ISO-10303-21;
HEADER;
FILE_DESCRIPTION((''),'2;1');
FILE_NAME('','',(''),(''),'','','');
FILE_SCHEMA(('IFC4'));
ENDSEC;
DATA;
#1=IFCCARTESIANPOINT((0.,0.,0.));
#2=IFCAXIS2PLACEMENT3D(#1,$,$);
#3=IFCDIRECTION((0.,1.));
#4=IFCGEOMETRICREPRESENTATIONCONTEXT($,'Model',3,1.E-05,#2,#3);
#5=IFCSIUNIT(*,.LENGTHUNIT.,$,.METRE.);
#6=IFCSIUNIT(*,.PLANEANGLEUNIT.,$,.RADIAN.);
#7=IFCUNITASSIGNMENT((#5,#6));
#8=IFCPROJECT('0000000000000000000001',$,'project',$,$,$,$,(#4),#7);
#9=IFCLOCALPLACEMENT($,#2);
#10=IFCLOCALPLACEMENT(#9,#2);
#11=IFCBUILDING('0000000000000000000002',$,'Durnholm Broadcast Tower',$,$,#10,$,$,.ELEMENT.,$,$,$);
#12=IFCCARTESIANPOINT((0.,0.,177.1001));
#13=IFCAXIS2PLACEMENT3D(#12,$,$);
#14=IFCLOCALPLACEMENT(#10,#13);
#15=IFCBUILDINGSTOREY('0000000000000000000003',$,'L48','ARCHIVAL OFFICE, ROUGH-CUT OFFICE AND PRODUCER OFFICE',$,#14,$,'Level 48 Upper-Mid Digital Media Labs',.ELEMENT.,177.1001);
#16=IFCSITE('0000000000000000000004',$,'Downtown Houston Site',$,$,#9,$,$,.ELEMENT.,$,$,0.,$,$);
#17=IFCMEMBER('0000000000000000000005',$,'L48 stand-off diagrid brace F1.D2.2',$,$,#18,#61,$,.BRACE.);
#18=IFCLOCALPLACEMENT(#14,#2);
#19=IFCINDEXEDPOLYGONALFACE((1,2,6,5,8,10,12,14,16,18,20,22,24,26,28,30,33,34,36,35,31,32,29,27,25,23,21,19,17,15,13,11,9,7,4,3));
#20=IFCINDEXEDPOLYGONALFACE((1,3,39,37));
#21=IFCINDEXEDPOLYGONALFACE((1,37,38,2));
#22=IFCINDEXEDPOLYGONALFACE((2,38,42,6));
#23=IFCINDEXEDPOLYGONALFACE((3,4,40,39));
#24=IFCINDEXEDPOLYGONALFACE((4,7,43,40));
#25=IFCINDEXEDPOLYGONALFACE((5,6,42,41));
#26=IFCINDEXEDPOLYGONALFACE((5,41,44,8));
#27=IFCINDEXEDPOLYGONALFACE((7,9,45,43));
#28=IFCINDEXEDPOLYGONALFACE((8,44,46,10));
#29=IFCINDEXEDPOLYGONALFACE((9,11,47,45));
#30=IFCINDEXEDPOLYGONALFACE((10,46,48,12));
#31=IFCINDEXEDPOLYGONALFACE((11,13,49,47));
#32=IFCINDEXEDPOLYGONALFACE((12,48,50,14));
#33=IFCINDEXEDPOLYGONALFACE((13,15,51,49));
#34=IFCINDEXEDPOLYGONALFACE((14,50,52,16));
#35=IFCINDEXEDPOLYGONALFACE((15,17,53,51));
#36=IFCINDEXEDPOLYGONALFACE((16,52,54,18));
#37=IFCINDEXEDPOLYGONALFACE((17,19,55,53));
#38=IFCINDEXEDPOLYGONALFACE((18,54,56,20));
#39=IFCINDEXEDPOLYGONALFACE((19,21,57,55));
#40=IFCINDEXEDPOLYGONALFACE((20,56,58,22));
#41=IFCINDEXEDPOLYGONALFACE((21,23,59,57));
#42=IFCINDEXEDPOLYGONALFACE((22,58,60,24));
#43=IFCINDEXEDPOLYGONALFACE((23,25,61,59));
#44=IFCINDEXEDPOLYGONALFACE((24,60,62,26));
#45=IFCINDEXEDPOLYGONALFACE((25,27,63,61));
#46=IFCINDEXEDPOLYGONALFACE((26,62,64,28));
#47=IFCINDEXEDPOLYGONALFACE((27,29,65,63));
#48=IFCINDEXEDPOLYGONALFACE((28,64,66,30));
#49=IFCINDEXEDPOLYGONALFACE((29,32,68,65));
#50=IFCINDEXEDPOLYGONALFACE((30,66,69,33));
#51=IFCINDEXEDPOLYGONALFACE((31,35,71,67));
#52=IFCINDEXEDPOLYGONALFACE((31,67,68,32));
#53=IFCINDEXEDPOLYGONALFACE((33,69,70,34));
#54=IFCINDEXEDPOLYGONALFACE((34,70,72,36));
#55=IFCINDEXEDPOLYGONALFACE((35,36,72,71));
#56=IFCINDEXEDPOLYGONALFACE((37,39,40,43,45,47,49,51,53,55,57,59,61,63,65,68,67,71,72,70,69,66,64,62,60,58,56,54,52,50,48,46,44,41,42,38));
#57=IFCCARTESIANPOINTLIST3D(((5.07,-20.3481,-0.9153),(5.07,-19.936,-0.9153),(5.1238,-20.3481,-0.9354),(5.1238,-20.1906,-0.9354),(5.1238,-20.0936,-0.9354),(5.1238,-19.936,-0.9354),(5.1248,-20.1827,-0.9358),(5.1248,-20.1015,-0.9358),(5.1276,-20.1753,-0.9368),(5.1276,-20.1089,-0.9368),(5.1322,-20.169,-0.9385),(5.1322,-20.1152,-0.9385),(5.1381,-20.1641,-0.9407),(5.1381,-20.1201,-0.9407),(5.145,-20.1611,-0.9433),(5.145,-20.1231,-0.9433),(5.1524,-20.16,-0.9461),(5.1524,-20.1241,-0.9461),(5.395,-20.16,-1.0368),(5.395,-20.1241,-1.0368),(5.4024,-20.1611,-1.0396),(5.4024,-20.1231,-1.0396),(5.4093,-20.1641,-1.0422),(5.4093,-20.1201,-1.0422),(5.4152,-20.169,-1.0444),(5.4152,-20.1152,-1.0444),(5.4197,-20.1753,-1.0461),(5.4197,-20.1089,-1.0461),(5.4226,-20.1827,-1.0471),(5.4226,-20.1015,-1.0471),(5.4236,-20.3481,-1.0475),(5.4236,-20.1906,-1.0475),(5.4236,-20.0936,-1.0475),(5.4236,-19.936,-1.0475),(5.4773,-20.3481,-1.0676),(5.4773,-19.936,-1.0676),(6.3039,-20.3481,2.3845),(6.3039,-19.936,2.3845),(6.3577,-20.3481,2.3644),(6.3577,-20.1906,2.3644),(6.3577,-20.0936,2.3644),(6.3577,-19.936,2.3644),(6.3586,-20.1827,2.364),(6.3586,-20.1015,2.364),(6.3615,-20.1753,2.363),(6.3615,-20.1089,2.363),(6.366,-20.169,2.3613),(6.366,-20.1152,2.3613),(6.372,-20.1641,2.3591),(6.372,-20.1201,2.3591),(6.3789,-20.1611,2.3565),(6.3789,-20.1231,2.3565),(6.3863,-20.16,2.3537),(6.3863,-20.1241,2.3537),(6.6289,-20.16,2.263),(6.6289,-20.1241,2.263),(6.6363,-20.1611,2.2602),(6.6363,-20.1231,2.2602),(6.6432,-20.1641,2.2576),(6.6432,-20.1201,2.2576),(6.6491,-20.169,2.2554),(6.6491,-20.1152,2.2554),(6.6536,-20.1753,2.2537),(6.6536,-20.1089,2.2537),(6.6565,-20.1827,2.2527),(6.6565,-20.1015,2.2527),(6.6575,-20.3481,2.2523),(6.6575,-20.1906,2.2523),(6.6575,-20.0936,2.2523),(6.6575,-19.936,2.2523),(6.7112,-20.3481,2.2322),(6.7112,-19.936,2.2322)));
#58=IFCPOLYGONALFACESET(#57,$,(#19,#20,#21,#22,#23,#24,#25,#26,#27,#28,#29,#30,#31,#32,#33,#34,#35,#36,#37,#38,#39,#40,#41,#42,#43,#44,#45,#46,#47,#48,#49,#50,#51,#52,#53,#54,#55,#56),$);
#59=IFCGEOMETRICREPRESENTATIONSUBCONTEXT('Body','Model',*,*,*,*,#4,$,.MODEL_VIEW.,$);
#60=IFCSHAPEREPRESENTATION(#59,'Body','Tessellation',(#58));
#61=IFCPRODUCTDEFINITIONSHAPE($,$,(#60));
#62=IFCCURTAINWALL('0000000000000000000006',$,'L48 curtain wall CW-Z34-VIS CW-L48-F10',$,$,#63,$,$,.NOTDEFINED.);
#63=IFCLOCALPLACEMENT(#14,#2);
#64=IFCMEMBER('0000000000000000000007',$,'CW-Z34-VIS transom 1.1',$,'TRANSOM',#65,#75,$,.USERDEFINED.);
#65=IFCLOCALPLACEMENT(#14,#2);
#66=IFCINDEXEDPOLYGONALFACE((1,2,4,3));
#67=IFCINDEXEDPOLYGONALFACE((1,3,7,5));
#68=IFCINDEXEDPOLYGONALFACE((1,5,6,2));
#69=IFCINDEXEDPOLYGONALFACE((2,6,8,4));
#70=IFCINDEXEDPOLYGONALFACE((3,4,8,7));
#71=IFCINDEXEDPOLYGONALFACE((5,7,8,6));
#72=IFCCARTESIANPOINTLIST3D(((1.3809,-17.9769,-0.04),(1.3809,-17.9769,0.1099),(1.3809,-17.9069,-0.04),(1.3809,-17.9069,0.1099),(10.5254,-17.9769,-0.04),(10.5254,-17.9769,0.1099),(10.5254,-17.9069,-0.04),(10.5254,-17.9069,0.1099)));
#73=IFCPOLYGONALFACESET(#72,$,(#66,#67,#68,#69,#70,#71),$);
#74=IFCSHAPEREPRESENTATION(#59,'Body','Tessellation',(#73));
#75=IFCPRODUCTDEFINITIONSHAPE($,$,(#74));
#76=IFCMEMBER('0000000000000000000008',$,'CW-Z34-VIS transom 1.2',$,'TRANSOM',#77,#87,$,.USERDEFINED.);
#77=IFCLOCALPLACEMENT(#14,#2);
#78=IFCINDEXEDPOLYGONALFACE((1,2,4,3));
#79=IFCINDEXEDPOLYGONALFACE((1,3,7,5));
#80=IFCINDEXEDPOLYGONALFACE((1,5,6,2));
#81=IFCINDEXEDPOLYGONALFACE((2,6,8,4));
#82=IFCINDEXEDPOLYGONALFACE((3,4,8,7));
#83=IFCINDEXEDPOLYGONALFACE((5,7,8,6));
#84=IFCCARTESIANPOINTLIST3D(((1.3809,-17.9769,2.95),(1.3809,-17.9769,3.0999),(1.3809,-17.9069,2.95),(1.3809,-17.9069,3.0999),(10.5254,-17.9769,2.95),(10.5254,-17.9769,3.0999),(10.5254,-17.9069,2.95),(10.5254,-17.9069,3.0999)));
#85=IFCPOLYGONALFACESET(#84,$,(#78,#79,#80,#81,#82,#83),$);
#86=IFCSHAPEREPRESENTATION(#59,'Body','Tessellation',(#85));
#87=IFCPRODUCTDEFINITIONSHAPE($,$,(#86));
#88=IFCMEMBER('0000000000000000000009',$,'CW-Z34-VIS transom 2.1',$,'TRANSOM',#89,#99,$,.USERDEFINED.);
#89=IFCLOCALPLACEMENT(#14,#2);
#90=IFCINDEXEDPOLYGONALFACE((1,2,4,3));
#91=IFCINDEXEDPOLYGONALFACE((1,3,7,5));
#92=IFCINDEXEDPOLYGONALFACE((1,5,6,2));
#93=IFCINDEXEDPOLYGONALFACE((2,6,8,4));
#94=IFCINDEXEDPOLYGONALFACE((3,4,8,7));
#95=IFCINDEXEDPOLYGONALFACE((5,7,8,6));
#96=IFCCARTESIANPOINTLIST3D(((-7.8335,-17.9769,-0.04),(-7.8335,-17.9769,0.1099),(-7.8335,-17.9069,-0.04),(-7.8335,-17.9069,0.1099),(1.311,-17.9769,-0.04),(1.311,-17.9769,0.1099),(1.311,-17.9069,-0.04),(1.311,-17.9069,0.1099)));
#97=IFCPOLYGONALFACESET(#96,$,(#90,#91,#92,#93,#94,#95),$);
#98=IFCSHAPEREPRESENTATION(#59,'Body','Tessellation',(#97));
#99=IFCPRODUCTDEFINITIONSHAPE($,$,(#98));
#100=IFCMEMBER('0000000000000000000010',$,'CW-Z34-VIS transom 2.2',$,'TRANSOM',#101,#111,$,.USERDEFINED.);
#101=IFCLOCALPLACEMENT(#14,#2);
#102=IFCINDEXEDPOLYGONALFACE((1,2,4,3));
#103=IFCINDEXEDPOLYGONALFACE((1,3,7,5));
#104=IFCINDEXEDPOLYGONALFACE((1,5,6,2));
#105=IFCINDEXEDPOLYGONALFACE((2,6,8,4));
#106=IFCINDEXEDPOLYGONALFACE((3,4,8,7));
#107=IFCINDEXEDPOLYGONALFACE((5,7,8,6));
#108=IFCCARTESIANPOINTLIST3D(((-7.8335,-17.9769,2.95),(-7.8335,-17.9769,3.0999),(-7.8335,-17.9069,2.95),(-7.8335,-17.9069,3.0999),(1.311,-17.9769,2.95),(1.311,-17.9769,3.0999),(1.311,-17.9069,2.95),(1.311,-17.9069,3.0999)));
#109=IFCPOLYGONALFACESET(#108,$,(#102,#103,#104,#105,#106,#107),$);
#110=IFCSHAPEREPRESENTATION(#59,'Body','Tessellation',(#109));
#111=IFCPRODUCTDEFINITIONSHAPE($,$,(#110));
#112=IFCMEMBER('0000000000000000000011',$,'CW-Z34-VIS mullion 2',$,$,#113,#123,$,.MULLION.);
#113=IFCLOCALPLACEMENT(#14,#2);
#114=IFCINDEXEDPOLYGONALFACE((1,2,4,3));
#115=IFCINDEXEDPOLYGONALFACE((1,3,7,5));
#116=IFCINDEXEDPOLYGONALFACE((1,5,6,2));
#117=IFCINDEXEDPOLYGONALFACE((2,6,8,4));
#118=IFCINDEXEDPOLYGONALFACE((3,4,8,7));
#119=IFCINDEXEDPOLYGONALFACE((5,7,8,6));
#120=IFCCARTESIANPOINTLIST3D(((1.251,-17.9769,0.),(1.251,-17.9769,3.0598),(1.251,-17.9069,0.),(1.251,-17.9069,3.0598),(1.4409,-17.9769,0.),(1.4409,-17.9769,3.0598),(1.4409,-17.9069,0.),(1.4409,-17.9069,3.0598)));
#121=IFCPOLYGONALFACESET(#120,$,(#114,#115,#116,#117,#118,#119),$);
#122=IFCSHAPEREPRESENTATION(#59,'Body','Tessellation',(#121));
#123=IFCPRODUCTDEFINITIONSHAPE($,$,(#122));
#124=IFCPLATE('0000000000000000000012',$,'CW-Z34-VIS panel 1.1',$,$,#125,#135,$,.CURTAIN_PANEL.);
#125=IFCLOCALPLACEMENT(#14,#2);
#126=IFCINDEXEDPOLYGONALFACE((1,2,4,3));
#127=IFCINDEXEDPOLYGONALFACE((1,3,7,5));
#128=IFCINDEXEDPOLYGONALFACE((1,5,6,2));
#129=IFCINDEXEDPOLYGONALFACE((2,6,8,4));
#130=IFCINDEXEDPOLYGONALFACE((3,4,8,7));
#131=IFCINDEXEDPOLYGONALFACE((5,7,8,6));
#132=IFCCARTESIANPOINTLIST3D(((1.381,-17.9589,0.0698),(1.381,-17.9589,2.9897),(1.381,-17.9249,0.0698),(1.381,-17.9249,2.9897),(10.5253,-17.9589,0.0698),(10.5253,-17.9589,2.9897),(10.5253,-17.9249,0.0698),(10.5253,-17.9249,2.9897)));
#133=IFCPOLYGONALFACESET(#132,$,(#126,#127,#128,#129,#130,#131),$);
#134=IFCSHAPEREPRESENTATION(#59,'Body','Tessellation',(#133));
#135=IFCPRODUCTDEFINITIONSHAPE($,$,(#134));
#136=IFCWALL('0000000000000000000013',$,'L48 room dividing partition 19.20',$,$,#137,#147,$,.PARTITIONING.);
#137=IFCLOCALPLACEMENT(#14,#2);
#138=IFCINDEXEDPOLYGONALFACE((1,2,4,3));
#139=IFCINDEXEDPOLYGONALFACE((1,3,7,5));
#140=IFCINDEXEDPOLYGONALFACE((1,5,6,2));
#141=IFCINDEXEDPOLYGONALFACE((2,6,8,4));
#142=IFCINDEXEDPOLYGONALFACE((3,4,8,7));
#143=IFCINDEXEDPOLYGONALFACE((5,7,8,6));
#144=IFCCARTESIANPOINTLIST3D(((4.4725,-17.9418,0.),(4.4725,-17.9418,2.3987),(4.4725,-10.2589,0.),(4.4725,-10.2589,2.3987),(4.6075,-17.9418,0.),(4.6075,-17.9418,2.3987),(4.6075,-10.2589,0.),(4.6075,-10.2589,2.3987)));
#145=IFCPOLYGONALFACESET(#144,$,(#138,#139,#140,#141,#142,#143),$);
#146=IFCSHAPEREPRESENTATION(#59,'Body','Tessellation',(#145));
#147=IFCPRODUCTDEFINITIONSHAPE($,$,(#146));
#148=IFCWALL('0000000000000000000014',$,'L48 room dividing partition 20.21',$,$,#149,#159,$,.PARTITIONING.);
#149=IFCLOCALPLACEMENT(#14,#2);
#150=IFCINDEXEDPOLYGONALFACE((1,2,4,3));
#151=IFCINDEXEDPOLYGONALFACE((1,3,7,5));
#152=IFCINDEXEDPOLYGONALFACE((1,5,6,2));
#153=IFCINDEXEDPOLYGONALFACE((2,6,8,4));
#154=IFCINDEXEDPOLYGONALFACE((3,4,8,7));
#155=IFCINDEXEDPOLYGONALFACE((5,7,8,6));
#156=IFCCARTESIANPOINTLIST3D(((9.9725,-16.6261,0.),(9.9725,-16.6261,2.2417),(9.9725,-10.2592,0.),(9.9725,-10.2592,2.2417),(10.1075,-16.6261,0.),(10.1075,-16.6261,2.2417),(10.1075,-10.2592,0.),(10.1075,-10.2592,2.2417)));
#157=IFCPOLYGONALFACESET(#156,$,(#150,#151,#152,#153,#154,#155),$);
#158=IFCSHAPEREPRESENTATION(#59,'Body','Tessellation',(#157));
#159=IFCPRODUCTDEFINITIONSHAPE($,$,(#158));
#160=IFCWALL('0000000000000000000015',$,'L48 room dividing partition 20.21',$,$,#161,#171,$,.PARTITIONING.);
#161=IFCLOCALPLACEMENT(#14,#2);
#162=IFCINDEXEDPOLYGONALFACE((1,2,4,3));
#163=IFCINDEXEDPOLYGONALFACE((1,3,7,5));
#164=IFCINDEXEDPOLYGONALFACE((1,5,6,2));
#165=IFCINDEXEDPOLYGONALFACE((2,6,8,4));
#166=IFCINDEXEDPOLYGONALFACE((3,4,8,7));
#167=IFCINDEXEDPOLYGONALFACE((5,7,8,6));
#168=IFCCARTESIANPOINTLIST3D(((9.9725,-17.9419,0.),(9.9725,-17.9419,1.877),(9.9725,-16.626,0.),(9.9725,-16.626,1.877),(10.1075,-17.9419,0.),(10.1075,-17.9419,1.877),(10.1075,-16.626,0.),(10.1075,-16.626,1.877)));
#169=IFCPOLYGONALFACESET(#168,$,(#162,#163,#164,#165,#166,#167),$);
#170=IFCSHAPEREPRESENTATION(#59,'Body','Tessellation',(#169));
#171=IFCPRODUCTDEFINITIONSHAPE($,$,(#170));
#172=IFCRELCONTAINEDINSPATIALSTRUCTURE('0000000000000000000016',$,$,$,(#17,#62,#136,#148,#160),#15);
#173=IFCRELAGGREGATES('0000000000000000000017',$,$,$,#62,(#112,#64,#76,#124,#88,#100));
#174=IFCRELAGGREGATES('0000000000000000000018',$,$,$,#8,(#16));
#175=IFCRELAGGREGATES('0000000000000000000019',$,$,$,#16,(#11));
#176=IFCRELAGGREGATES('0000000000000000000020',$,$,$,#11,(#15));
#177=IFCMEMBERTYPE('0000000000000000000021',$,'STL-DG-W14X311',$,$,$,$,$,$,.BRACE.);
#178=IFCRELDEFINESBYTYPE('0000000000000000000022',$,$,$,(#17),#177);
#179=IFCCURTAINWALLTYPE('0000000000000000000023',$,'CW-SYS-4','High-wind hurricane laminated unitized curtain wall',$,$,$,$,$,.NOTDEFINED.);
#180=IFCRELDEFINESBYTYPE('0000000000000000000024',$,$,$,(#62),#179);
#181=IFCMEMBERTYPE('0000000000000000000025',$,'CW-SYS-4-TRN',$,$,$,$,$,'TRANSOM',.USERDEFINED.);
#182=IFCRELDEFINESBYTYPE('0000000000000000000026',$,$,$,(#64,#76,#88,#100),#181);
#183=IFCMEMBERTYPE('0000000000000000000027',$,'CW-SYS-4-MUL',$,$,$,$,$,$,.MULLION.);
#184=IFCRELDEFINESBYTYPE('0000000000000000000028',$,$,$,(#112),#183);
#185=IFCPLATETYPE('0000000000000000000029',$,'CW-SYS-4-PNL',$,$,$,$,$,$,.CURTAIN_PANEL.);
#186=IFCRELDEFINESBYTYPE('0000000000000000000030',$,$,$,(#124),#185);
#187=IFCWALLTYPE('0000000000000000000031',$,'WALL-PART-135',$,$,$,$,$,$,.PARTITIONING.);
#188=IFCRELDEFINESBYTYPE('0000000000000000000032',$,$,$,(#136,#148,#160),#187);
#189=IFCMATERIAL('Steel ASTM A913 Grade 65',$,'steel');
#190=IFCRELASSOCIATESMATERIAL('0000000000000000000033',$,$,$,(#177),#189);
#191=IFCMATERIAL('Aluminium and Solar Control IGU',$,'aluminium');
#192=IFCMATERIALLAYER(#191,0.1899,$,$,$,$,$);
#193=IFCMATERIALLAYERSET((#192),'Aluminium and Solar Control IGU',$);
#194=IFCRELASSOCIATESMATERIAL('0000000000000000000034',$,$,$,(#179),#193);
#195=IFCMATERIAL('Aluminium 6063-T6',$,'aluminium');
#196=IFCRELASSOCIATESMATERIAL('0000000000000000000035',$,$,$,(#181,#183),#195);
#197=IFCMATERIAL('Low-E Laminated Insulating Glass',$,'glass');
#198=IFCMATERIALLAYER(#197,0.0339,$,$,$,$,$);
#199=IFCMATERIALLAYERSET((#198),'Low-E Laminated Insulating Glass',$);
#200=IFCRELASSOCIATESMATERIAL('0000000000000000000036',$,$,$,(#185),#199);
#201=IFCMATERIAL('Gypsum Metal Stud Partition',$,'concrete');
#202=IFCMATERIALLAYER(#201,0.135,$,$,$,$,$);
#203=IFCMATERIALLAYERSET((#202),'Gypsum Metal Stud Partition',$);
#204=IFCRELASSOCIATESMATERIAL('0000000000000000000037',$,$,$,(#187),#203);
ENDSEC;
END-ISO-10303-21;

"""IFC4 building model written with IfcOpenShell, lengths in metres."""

from ifc_helpers import new_model, si_unit, direction, frame, frame_2d, origin, origin_2d, place, context, subcontext, project, spatial, rectangle, i_section, extrude, source, transform, mapped, material, layer, layer_set, material_profile, profile_set, type_object, type_shapes, element, aggregate, save


model = new_model("IFC4")

# Units and contexts
model_context = context("Model", 3, precision=1e-05, world=origin(), true_north=direction((0.0, 1.0)))
body_context = subcontext(model_context, "Body", "Model", "MODEL_VIEW")
ifc_project = project(units=[si_unit("LENGTHUNIT", "METRE"), si_unit("PLANEANGLEUNIT", "RADIAN")], contexts=[model_context])

# Site, building, storey
site_placement = place(None, origin())
site = spatial("IfcSite", under=ifc_project, at=site_placement, Name="Downtown Houston Site", CompositionType="ELEMENT", RefElevation=0.0)
building_placement = place(site_placement, origin())
building = spatial("IfcBuilding", under=site, at=building_placement, Name="Durnholm Broadcast Tower", CompositionType="ELEMENT")
storey_placement = place(building_placement, frame((0.0, 0.0, 177.1001)))
storey = spatial("IfcBuildingStorey", under=building, at=storey_placement, Name="L48", Description="ARCHIVAL OFFICE, ROUGH-CUT OFFICE AND PRODUCER OFFICE", LongName="Level 48 Upper-Mid Digital Media Labs", CompositionType="ELEMENT", Elevation=177.1001)

# Member
ifc_material_1 = material(Name="Steel ASTM A913 Grade 65", Category="steel")
ifc_material_profile_1 = material_profile(ifc_material_1, i_section(OverallWidth=0.4121, OverallDepth=0.4348, WebThickness=0.0359, FlangeThickness=0.0574, FilletRadius=0.0305, at=origin_2d()), Name="W14X311")
ifc_profile_set_1 = profile_set([ifc_material_profile_1], Name="Steel ASTM A913 Grade 65")
member_type_1 = type_object("IfcMemberType", Name="STL-DG-W14X311", PredefinedType="BRACE", material=ifc_profile_set_1)
shared_shape_1 = source(origin(), body_context, "Body", "SweptSolid", [
    extrude(i_section(OverallWidth=0.4121, OverallDepth=0.4348, WebThickness=0.0359, FlangeThickness=0.0574, FilletRadius=0.0305, at=origin_2d()), origin(), (0.0, 0.0, 1.0), 3.5229),
])
type_shapes(member_type_1, [shared_shape_1])
for number, where, z_axis, x_axis, name in (
    (1, (5.2737, -20.1421, -0.9915), (0.350242, 0.0, 0.936659), (0.0, 1.0, 0.0), "L48 stand-off diagrid brace F1.D2.2"),
):
    element("IfcMember", number, at=place(storey_placement, frame(where, z_axis=z_axis, x_axis=x_axis)), inside=storey, type_object=member_type_1, Name=name, PredefinedType="BRACE", context=body_context, shape_type="MappedRepresentation", body=[
        mapped(shared_shape_1, transform((0.0, 0.0, 0.0), x_axis=(1.0, 0.0, 0.0), y_axis=(0.0, 1.0, 0.0), z_axis=(0.0, 0.0, 1.0), scale=1.0)),
    ])

# Curtain wall, members, plate
ifc_material_2 = material(Name="Aluminium and Solar Control IGU", Category="aluminium")
ifc_layer_1 = layer(ifc_material_2, 0.1899)
ifc_layer_set_1 = layer_set([ifc_layer_1], Name="Aluminium and Solar Control IGU")
curtain_wall_type = type_object("IfcCurtainWallType", Name="CW-SYS-4", Description="High-wind hurricane laminated unitized curtain wall", PredefinedType="NOTDEFINED", material=ifc_layer_set_1)
curtain_wall_placement = place(storey_placement, origin())
curtain_wall = element("IfcCurtainWall", 2, at=curtain_wall_placement, inside=storey, type_object=curtain_wall_type, Name="L48 curtain wall CW-Z34-VIS CW-L48-F10", PredefinedType="NOTDEFINED")
ifc_material_3 = material(Name="Aluminium 6063-T6", Category="aluminium")
ifc_material_profile_2 = material_profile(ifc_material_3, rectangle(XDim=0.0701, YDim=0.1499, at=origin_2d()), Name="CWT70X150")
ifc_profile_set_2 = profile_set([ifc_material_profile_2], Name="Aluminium 6063-T6")
member_type_2 = type_object("IfcMemberType", Name="CW-SYS-4-TRN", ElementType="TRANSOM", PredefinedType="USERDEFINED", material=ifc_profile_set_2)
shared_shape_2 = source(origin(), body_context, "Body", "SweptSolid", [
    extrude(rectangle(XDim=0.0701, YDim=0.1499, at=origin_2d()), origin(), (0.0, 0.0, 1.0), 9.1445),
])
type_shapes(member_type_2, [shared_shape_2])
member_1_placement = place(storey_placement, frame((10.5254, -17.9419, 0.0349), z_axis=(-1.0, 0.0, 0.0), x_axis=(0.0, -1.0, 0.0)))
member_1 = element("IfcMember", 3, at=member_1_placement, type_object=member_type_2, Name="CW-Z34-VIS transom 1.1", ObjectType="TRANSOM", PredefinedType="USERDEFINED", context=body_context, shape_type="MappedRepresentation", body=[
    mapped(shared_shape_2, transform((0.0, 0.0, 0.0), x_axis=(1.0, 0.0, 0.0), y_axis=(0.0, 1.0, 0.0), z_axis=(0.0, 0.0, 1.0), scale=1.0)),
])
member_2_placement = place(storey_placement, frame((10.5254, -17.9419, 3.0249), z_axis=(-1.0, 0.0, 0.0), x_axis=(0.0, -1.0, 0.0)))
member_2 = element("IfcMember", 4, at=member_2_placement, type_object=member_type_2, Name="CW-Z34-VIS transom 1.2", ObjectType="TRANSOM", PredefinedType="USERDEFINED", context=body_context, shape_type="MappedRepresentation", body=[
    mapped(shared_shape_2, transform((0.0, 0.0, 0.0), x_axis=(1.0, 0.0, 0.0), y_axis=(0.0, 1.0, 0.0), z_axis=(0.0, 0.0, 1.0), scale=1.0)),
])
member_3_placement = place(storey_placement, frame((1.311, -17.9419, 0.0349), z_axis=(-1.0, 0.0, 0.0), x_axis=(0.0, -1.0, 0.0)))
member_3 = element("IfcMember", 5, at=member_3_placement, type_object=member_type_2, Name="CW-Z34-VIS transom 2.1", ObjectType="TRANSOM", PredefinedType="USERDEFINED", context=body_context, shape_type="MappedRepresentation", body=[
    mapped(shared_shape_2, transform((0.0, 0.0, 0.0), x_axis=(1.0, 0.0, 0.0), y_axis=(0.0, 1.0, 0.0), z_axis=(0.0, 0.0, 1.0), scale=1.0)),
])
member_4_placement = place(storey_placement, frame((1.311, -17.9419, 3.0249), z_axis=(-1.0, 0.0, 0.0), x_axis=(0.0, -1.0, 0.0)))
member_4 = element("IfcMember", 6, at=member_4_placement, type_object=member_type_2, Name="CW-Z34-VIS transom 2.2", ObjectType="TRANSOM", PredefinedType="USERDEFINED", context=body_context, shape_type="MappedRepresentation", body=[
    mapped(shared_shape_2, transform((0.0, 0.0, 0.0), x_axis=(1.0, 0.0, 0.0), y_axis=(0.0, 1.0, 0.0), z_axis=(0.0, 0.0, 1.0), scale=1.0)),
])
ifc_material_profile_3 = material_profile(ifc_material_3, rectangle(XDim=0.0701, YDim=0.1899, at=origin_2d()), Name="CWM70X190")
ifc_profile_set_3 = profile_set([ifc_material_profile_3], Name="Aluminium 6063-T6")
member_type_3 = type_object("IfcMemberType", Name="CW-SYS-4-MUL", PredefinedType="MULLION", material=ifc_profile_set_3)
shared_shape_3 = source(origin(), body_context, "Body", "SweptSolid", [
    extrude(rectangle(XDim=0.0701, YDim=0.1899, at=origin_2d()), origin(), (0.0, 0.0, 1.0), 3.0598),
])
type_shapes(member_type_3, [shared_shape_3])
member_5_placement = place(storey_placement, frame((1.3459, -17.9419, 0.0), z_axis=(0.0, 0.0, 1.0), x_axis=(0.0, -1.0, 0.0)))
member_5 = element("IfcMember", 7, at=member_5_placement, type_object=member_type_3, Name="CW-Z34-VIS mullion 2", PredefinedType="MULLION", context=body_context, shape_type="MappedRepresentation", body=[
    mapped(shared_shape_3, transform((0.0, 0.0, 0.0), x_axis=(1.0, 0.0, 0.0), y_axis=(0.0, 1.0, 0.0), z_axis=(0.0, 0.0, 1.0), scale=1.0)),
])
ifc_material_4 = material(Name="Low-E Laminated Insulating Glass", Category="glass")
ifc_layer_2 = layer(ifc_material_4, 0.0339)
ifc_layer_set_2 = layer_set([ifc_layer_2], Name="Low-E Laminated Insulating Glass")
plate_type = type_object("IfcPlateType", Name="CW-SYS-4-PNL", PredefinedType="CURTAIN_PANEL", material=ifc_layer_set_2)
shared_shape_4 = source(origin(), body_context, "Body", "SweptSolid", [
    extrude(rectangle(XDim=9.1443, YDim=0.0339, at=origin_2d()), origin(), (0.0, 0.0, 1.0), 2.9199),
])
type_shapes(plate_type, [shared_shape_4])
plate_placement = place(storey_placement, frame((5.9531, -17.9419, 0.0698), z_axis=(0.0, 0.0, 1.0), x_axis=(-1.0, 0.0, 0.0)))
plate = element("IfcPlate", 8, at=plate_placement, type_object=plate_type, Name="CW-Z34-VIS panel 1.1", PredefinedType="CURTAIN_PANEL", context=body_context, shape_type="MappedRepresentation", body=[
    mapped(shared_shape_4, transform((0.0, 0.0, 0.0), x_axis=(1.0, 0.0, 0.0), y_axis=(0.0, 1.0, 0.0), z_axis=(0.0, 0.0, 1.0), scale=1.0)),
])
aggregate(curtain_wall, [member_5, member_1, member_2, plate, member_3, member_4])

# Walls
ifc_material_5 = material(Name="Gypsum Metal Stud Partition", Category="concrete")
ifc_layer_3 = layer(ifc_material_5, 0.135)
ifc_layer_set_3 = layer_set([ifc_layer_3], Name="Gypsum Metal Stud Partition")
wall_type_1 = type_object("IfcWallType", Name="WALL-PART-135", PredefinedType="PARTITIONING", material=ifc_layer_set_3)
wall_1_placement = place(storey_placement, frame((4.54, -10.259, 0.0), z_axis=(0.0, 0.0, 1.0), x_axis=(0.0, -1.0, 0.0)))
element("IfcWall", 9, at=wall_1_placement, inside=storey, type_object=wall_type_1, Name="L48 room dividing partition 19.20", PredefinedType="PARTITIONING", context=body_context, shape_type="SweptSolid", body=[
    extrude(rectangle(XDim=7.6829, YDim=0.135, at=frame_2d((3.8413, 0.0))), origin(), (0.0, 0.0, 1.0), 2.3987),
])
wall_2_placement = place(storey_placement, frame((10.04, -10.259, 0.0), z_axis=(0.0, 0.0, 1.0), x_axis=(0.0, -1.0, 0.0)))
element("IfcWall", 10, at=wall_2_placement, inside=storey, type_object=wall_type_1, Name="L48 room dividing partition 20.21", PredefinedType="PARTITIONING", context=body_context, shape_type="SweptSolid", body=[
    extrude(rectangle(XDim=6.3669, YDim=0.135, at=frame_2d((3.1836, 0.0))), origin(), (0.0, 0.0, 1.0), 2.2417),
])
wall_3_placement = place(storey_placement, frame((10.04, -16.626, 0.0), z_axis=(0.0, 0.0, 1.0), x_axis=(0.0, -1.0, 0.0)))
element("IfcWall", 11, at=wall_3_placement, inside=storey, type_object=wall_type_1, Name="L48 room dividing partition 20.21", PredefinedType="PARTITIONING", context=body_context, shape_type="SweptSolid", body=[
    extrude(rectangle(XDim=1.3159, YDim=0.135, at=frame_2d((0.658, 0.0))), origin(), (0.0, 0.0, 1.0), 1.877),
])

save(model, "model.ifc")
